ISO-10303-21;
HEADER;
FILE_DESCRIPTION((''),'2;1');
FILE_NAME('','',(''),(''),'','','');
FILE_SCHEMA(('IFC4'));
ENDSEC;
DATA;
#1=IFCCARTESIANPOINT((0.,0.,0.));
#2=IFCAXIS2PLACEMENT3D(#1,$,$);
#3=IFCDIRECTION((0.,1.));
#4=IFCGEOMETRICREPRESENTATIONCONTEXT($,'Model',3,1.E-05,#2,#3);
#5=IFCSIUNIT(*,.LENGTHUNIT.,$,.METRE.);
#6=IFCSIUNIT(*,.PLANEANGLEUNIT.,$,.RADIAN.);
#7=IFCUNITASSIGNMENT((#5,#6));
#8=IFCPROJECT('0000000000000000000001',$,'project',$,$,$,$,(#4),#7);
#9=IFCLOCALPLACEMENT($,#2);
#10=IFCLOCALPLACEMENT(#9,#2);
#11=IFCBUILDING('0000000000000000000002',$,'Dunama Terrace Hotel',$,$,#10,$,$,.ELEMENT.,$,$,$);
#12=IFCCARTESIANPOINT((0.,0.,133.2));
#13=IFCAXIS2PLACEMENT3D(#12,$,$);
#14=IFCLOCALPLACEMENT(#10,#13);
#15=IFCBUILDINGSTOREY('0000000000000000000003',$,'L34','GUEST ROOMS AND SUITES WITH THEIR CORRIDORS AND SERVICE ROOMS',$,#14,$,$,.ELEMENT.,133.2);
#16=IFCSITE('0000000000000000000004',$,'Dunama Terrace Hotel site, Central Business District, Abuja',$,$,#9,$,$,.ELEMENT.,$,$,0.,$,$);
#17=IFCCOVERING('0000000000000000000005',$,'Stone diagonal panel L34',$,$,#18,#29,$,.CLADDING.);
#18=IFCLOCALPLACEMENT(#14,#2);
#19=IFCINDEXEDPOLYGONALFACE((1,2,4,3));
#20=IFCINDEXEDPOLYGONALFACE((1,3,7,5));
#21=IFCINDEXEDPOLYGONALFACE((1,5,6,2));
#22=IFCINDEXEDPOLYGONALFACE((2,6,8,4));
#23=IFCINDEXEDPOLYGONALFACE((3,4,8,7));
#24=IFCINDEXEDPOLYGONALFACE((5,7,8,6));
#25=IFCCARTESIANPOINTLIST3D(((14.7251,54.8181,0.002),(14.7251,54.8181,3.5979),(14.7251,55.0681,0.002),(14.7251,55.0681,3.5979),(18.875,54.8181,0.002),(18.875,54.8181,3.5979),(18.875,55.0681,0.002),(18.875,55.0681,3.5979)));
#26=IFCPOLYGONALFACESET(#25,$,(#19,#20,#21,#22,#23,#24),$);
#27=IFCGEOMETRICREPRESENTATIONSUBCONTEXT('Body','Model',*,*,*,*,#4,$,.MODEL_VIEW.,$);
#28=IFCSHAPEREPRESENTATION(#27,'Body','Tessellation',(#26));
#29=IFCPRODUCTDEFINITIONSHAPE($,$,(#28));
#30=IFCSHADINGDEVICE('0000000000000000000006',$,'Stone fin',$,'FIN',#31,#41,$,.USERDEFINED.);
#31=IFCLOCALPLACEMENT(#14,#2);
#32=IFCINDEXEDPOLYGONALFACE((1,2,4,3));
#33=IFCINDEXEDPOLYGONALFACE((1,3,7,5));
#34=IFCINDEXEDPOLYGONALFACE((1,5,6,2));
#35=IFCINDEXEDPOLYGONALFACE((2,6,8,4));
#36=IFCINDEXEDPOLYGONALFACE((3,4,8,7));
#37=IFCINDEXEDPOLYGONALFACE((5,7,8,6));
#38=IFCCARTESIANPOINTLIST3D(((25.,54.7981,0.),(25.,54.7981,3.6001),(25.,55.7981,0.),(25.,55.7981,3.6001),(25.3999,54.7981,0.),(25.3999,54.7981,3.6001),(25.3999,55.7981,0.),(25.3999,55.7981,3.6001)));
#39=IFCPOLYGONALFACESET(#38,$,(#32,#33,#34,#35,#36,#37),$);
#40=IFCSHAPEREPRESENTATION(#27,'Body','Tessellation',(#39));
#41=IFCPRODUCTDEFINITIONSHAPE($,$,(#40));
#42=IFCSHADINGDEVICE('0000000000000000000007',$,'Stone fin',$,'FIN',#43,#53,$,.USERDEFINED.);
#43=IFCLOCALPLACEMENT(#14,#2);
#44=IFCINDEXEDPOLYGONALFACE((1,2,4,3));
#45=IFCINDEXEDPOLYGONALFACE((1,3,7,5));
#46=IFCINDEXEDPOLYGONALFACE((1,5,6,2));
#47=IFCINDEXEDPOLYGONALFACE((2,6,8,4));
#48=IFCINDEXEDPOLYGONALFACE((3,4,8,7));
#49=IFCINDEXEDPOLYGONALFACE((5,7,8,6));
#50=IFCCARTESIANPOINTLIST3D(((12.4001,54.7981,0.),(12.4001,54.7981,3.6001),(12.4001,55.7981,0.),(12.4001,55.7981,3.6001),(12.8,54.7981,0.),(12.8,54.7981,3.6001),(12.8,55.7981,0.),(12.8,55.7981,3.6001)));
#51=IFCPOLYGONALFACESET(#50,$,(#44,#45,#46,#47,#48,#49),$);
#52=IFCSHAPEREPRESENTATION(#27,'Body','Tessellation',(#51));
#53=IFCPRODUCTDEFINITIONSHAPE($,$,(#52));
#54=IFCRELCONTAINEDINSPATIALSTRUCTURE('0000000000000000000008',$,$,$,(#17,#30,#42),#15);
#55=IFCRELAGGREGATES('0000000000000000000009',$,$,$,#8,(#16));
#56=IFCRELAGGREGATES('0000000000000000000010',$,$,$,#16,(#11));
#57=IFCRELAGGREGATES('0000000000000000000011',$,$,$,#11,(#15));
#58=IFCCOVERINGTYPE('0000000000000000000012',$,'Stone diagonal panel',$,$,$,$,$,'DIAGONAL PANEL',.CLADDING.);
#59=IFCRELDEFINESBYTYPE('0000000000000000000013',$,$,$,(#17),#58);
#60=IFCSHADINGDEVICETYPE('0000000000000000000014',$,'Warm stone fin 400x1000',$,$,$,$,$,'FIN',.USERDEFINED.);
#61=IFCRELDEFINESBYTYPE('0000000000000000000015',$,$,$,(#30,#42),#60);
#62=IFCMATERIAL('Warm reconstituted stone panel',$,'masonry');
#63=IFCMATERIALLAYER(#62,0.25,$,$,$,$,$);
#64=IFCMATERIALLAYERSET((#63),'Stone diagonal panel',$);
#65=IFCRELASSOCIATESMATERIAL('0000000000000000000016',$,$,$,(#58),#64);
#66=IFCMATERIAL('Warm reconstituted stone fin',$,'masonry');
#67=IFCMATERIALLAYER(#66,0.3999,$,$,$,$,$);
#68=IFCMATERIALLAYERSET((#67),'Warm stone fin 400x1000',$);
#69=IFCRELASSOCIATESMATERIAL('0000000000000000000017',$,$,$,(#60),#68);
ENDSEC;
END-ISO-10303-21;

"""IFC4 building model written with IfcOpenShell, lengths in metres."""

from ifc_helpers import new_model, si_unit, direction, frame, origin, origin_2d, place, context, subcontext, project, spatial, rectangle, extrude, material, layer, layer_set, type_object, element, save


model = new_model("IFC4")

# Units and contexts
model_context = context("Model", 3, precision=1e-05, world=origin(), true_north=direction((0.0, 1.0)))
body_context = subcontext(model_context, "Body", "Model", "MODEL_VIEW")
ifc_project = project(units=[si_unit("LENGTHUNIT", "METRE"), si_unit("PLANEANGLEUNIT", "RADIAN")], contexts=[model_context])

# Site, building, storey
site_placement = place(None, origin())
site = spatial("IfcSite", under=ifc_project, at=site_placement, Name="Dunama Terrace Hotel site, Central Business District, Abuja", CompositionType="ELEMENT", RefElevation=0.0)
building_placement = place(site_placement, origin())
building = spatial("IfcBuilding", under=site, at=building_placement, Name="Dunama Terrace Hotel", CompositionType="ELEMENT")
storey_placement = place(building_placement, frame((0.0, 0.0, 133.2)))
storey = spatial("IfcBuildingStorey", under=building, at=storey_placement, Name="L34", Description="GUEST ROOMS AND SUITES WITH THEIR CORRIDORS AND SERVICE ROOMS", CompositionType="ELEMENT", Elevation=133.2)

# Covering
ifc_material_1 = material(Name="Warm reconstituted stone panel", Category="masonry")
ifc_layer_1 = layer(ifc_material_1, 0.25)
ifc_layer_set_1 = layer_set([ifc_layer_1], Name="Stone diagonal panel")
covering_type = type_object("IfcCoveringType", Name="Stone diagonal panel", ElementType="DIAGONAL PANEL", PredefinedType="CLADDING", material=ifc_layer_set_1)
covering_placement = place(storey_placement, frame((16.8, 54.9431, 0.002), z_axis=(0.0, 0.0, 1.0), x_axis=(-1.0, 0.0, 0.0)))
element("IfcCovering", 1, at=covering_placement, inside=storey, type_object=covering_type, Name="Stone diagonal panel L34", PredefinedType="CLADDING", context=body_context, shape_type="SweptSolid", body=[
    extrude(rectangle(XDim=4.1499, YDim=0.25, at=origin_2d()), origin(), (0.0, 0.0, 1.0), 3.5959),
])

# Shading devices
ifc_material_2 = material(Name="Warm reconstituted stone fin", Category="masonry")
ifc_layer_2 = layer(ifc_material_2, 0.3999)
ifc_layer_set_2 = layer_set([ifc_layer_2], Name="Warm stone fin 400x1000")
shading_device_type = type_object("IfcShadingDeviceType", Name="Warm stone fin 400x1000", ElementType="FIN", PredefinedType="USERDEFINED", material=ifc_layer_set_2)
for number, where, z_axis, x_axis, name in (
    (2, (25.2, 55.2981, 0.0), (0.0, 0.0, 1.0), (-1.0, 0.0, 0.0), "Stone fin"),
    (3, (12.6001, 55.2981, 0.0), (0.0, 0.0, 1.0), (-1.0, 0.0, 0.0), "Stone fin"),
):
    element("IfcShadingDevice", number, at=place(storey_placement, frame(where, z_axis=z_axis, x_axis=x_axis)), inside=storey, type_object=shading_device_type, Name=name, ObjectType="FIN", PredefinedType="USERDEFINED", context=body_context, shape_type="SweptSolid", body=[
        extrude(rectangle(XDim=0.3999, YDim=1.0, at=origin_2d()), origin(), (0.0, 0.0, 1.0), 3.6001),
    ])

save(model, "model.ifc")
